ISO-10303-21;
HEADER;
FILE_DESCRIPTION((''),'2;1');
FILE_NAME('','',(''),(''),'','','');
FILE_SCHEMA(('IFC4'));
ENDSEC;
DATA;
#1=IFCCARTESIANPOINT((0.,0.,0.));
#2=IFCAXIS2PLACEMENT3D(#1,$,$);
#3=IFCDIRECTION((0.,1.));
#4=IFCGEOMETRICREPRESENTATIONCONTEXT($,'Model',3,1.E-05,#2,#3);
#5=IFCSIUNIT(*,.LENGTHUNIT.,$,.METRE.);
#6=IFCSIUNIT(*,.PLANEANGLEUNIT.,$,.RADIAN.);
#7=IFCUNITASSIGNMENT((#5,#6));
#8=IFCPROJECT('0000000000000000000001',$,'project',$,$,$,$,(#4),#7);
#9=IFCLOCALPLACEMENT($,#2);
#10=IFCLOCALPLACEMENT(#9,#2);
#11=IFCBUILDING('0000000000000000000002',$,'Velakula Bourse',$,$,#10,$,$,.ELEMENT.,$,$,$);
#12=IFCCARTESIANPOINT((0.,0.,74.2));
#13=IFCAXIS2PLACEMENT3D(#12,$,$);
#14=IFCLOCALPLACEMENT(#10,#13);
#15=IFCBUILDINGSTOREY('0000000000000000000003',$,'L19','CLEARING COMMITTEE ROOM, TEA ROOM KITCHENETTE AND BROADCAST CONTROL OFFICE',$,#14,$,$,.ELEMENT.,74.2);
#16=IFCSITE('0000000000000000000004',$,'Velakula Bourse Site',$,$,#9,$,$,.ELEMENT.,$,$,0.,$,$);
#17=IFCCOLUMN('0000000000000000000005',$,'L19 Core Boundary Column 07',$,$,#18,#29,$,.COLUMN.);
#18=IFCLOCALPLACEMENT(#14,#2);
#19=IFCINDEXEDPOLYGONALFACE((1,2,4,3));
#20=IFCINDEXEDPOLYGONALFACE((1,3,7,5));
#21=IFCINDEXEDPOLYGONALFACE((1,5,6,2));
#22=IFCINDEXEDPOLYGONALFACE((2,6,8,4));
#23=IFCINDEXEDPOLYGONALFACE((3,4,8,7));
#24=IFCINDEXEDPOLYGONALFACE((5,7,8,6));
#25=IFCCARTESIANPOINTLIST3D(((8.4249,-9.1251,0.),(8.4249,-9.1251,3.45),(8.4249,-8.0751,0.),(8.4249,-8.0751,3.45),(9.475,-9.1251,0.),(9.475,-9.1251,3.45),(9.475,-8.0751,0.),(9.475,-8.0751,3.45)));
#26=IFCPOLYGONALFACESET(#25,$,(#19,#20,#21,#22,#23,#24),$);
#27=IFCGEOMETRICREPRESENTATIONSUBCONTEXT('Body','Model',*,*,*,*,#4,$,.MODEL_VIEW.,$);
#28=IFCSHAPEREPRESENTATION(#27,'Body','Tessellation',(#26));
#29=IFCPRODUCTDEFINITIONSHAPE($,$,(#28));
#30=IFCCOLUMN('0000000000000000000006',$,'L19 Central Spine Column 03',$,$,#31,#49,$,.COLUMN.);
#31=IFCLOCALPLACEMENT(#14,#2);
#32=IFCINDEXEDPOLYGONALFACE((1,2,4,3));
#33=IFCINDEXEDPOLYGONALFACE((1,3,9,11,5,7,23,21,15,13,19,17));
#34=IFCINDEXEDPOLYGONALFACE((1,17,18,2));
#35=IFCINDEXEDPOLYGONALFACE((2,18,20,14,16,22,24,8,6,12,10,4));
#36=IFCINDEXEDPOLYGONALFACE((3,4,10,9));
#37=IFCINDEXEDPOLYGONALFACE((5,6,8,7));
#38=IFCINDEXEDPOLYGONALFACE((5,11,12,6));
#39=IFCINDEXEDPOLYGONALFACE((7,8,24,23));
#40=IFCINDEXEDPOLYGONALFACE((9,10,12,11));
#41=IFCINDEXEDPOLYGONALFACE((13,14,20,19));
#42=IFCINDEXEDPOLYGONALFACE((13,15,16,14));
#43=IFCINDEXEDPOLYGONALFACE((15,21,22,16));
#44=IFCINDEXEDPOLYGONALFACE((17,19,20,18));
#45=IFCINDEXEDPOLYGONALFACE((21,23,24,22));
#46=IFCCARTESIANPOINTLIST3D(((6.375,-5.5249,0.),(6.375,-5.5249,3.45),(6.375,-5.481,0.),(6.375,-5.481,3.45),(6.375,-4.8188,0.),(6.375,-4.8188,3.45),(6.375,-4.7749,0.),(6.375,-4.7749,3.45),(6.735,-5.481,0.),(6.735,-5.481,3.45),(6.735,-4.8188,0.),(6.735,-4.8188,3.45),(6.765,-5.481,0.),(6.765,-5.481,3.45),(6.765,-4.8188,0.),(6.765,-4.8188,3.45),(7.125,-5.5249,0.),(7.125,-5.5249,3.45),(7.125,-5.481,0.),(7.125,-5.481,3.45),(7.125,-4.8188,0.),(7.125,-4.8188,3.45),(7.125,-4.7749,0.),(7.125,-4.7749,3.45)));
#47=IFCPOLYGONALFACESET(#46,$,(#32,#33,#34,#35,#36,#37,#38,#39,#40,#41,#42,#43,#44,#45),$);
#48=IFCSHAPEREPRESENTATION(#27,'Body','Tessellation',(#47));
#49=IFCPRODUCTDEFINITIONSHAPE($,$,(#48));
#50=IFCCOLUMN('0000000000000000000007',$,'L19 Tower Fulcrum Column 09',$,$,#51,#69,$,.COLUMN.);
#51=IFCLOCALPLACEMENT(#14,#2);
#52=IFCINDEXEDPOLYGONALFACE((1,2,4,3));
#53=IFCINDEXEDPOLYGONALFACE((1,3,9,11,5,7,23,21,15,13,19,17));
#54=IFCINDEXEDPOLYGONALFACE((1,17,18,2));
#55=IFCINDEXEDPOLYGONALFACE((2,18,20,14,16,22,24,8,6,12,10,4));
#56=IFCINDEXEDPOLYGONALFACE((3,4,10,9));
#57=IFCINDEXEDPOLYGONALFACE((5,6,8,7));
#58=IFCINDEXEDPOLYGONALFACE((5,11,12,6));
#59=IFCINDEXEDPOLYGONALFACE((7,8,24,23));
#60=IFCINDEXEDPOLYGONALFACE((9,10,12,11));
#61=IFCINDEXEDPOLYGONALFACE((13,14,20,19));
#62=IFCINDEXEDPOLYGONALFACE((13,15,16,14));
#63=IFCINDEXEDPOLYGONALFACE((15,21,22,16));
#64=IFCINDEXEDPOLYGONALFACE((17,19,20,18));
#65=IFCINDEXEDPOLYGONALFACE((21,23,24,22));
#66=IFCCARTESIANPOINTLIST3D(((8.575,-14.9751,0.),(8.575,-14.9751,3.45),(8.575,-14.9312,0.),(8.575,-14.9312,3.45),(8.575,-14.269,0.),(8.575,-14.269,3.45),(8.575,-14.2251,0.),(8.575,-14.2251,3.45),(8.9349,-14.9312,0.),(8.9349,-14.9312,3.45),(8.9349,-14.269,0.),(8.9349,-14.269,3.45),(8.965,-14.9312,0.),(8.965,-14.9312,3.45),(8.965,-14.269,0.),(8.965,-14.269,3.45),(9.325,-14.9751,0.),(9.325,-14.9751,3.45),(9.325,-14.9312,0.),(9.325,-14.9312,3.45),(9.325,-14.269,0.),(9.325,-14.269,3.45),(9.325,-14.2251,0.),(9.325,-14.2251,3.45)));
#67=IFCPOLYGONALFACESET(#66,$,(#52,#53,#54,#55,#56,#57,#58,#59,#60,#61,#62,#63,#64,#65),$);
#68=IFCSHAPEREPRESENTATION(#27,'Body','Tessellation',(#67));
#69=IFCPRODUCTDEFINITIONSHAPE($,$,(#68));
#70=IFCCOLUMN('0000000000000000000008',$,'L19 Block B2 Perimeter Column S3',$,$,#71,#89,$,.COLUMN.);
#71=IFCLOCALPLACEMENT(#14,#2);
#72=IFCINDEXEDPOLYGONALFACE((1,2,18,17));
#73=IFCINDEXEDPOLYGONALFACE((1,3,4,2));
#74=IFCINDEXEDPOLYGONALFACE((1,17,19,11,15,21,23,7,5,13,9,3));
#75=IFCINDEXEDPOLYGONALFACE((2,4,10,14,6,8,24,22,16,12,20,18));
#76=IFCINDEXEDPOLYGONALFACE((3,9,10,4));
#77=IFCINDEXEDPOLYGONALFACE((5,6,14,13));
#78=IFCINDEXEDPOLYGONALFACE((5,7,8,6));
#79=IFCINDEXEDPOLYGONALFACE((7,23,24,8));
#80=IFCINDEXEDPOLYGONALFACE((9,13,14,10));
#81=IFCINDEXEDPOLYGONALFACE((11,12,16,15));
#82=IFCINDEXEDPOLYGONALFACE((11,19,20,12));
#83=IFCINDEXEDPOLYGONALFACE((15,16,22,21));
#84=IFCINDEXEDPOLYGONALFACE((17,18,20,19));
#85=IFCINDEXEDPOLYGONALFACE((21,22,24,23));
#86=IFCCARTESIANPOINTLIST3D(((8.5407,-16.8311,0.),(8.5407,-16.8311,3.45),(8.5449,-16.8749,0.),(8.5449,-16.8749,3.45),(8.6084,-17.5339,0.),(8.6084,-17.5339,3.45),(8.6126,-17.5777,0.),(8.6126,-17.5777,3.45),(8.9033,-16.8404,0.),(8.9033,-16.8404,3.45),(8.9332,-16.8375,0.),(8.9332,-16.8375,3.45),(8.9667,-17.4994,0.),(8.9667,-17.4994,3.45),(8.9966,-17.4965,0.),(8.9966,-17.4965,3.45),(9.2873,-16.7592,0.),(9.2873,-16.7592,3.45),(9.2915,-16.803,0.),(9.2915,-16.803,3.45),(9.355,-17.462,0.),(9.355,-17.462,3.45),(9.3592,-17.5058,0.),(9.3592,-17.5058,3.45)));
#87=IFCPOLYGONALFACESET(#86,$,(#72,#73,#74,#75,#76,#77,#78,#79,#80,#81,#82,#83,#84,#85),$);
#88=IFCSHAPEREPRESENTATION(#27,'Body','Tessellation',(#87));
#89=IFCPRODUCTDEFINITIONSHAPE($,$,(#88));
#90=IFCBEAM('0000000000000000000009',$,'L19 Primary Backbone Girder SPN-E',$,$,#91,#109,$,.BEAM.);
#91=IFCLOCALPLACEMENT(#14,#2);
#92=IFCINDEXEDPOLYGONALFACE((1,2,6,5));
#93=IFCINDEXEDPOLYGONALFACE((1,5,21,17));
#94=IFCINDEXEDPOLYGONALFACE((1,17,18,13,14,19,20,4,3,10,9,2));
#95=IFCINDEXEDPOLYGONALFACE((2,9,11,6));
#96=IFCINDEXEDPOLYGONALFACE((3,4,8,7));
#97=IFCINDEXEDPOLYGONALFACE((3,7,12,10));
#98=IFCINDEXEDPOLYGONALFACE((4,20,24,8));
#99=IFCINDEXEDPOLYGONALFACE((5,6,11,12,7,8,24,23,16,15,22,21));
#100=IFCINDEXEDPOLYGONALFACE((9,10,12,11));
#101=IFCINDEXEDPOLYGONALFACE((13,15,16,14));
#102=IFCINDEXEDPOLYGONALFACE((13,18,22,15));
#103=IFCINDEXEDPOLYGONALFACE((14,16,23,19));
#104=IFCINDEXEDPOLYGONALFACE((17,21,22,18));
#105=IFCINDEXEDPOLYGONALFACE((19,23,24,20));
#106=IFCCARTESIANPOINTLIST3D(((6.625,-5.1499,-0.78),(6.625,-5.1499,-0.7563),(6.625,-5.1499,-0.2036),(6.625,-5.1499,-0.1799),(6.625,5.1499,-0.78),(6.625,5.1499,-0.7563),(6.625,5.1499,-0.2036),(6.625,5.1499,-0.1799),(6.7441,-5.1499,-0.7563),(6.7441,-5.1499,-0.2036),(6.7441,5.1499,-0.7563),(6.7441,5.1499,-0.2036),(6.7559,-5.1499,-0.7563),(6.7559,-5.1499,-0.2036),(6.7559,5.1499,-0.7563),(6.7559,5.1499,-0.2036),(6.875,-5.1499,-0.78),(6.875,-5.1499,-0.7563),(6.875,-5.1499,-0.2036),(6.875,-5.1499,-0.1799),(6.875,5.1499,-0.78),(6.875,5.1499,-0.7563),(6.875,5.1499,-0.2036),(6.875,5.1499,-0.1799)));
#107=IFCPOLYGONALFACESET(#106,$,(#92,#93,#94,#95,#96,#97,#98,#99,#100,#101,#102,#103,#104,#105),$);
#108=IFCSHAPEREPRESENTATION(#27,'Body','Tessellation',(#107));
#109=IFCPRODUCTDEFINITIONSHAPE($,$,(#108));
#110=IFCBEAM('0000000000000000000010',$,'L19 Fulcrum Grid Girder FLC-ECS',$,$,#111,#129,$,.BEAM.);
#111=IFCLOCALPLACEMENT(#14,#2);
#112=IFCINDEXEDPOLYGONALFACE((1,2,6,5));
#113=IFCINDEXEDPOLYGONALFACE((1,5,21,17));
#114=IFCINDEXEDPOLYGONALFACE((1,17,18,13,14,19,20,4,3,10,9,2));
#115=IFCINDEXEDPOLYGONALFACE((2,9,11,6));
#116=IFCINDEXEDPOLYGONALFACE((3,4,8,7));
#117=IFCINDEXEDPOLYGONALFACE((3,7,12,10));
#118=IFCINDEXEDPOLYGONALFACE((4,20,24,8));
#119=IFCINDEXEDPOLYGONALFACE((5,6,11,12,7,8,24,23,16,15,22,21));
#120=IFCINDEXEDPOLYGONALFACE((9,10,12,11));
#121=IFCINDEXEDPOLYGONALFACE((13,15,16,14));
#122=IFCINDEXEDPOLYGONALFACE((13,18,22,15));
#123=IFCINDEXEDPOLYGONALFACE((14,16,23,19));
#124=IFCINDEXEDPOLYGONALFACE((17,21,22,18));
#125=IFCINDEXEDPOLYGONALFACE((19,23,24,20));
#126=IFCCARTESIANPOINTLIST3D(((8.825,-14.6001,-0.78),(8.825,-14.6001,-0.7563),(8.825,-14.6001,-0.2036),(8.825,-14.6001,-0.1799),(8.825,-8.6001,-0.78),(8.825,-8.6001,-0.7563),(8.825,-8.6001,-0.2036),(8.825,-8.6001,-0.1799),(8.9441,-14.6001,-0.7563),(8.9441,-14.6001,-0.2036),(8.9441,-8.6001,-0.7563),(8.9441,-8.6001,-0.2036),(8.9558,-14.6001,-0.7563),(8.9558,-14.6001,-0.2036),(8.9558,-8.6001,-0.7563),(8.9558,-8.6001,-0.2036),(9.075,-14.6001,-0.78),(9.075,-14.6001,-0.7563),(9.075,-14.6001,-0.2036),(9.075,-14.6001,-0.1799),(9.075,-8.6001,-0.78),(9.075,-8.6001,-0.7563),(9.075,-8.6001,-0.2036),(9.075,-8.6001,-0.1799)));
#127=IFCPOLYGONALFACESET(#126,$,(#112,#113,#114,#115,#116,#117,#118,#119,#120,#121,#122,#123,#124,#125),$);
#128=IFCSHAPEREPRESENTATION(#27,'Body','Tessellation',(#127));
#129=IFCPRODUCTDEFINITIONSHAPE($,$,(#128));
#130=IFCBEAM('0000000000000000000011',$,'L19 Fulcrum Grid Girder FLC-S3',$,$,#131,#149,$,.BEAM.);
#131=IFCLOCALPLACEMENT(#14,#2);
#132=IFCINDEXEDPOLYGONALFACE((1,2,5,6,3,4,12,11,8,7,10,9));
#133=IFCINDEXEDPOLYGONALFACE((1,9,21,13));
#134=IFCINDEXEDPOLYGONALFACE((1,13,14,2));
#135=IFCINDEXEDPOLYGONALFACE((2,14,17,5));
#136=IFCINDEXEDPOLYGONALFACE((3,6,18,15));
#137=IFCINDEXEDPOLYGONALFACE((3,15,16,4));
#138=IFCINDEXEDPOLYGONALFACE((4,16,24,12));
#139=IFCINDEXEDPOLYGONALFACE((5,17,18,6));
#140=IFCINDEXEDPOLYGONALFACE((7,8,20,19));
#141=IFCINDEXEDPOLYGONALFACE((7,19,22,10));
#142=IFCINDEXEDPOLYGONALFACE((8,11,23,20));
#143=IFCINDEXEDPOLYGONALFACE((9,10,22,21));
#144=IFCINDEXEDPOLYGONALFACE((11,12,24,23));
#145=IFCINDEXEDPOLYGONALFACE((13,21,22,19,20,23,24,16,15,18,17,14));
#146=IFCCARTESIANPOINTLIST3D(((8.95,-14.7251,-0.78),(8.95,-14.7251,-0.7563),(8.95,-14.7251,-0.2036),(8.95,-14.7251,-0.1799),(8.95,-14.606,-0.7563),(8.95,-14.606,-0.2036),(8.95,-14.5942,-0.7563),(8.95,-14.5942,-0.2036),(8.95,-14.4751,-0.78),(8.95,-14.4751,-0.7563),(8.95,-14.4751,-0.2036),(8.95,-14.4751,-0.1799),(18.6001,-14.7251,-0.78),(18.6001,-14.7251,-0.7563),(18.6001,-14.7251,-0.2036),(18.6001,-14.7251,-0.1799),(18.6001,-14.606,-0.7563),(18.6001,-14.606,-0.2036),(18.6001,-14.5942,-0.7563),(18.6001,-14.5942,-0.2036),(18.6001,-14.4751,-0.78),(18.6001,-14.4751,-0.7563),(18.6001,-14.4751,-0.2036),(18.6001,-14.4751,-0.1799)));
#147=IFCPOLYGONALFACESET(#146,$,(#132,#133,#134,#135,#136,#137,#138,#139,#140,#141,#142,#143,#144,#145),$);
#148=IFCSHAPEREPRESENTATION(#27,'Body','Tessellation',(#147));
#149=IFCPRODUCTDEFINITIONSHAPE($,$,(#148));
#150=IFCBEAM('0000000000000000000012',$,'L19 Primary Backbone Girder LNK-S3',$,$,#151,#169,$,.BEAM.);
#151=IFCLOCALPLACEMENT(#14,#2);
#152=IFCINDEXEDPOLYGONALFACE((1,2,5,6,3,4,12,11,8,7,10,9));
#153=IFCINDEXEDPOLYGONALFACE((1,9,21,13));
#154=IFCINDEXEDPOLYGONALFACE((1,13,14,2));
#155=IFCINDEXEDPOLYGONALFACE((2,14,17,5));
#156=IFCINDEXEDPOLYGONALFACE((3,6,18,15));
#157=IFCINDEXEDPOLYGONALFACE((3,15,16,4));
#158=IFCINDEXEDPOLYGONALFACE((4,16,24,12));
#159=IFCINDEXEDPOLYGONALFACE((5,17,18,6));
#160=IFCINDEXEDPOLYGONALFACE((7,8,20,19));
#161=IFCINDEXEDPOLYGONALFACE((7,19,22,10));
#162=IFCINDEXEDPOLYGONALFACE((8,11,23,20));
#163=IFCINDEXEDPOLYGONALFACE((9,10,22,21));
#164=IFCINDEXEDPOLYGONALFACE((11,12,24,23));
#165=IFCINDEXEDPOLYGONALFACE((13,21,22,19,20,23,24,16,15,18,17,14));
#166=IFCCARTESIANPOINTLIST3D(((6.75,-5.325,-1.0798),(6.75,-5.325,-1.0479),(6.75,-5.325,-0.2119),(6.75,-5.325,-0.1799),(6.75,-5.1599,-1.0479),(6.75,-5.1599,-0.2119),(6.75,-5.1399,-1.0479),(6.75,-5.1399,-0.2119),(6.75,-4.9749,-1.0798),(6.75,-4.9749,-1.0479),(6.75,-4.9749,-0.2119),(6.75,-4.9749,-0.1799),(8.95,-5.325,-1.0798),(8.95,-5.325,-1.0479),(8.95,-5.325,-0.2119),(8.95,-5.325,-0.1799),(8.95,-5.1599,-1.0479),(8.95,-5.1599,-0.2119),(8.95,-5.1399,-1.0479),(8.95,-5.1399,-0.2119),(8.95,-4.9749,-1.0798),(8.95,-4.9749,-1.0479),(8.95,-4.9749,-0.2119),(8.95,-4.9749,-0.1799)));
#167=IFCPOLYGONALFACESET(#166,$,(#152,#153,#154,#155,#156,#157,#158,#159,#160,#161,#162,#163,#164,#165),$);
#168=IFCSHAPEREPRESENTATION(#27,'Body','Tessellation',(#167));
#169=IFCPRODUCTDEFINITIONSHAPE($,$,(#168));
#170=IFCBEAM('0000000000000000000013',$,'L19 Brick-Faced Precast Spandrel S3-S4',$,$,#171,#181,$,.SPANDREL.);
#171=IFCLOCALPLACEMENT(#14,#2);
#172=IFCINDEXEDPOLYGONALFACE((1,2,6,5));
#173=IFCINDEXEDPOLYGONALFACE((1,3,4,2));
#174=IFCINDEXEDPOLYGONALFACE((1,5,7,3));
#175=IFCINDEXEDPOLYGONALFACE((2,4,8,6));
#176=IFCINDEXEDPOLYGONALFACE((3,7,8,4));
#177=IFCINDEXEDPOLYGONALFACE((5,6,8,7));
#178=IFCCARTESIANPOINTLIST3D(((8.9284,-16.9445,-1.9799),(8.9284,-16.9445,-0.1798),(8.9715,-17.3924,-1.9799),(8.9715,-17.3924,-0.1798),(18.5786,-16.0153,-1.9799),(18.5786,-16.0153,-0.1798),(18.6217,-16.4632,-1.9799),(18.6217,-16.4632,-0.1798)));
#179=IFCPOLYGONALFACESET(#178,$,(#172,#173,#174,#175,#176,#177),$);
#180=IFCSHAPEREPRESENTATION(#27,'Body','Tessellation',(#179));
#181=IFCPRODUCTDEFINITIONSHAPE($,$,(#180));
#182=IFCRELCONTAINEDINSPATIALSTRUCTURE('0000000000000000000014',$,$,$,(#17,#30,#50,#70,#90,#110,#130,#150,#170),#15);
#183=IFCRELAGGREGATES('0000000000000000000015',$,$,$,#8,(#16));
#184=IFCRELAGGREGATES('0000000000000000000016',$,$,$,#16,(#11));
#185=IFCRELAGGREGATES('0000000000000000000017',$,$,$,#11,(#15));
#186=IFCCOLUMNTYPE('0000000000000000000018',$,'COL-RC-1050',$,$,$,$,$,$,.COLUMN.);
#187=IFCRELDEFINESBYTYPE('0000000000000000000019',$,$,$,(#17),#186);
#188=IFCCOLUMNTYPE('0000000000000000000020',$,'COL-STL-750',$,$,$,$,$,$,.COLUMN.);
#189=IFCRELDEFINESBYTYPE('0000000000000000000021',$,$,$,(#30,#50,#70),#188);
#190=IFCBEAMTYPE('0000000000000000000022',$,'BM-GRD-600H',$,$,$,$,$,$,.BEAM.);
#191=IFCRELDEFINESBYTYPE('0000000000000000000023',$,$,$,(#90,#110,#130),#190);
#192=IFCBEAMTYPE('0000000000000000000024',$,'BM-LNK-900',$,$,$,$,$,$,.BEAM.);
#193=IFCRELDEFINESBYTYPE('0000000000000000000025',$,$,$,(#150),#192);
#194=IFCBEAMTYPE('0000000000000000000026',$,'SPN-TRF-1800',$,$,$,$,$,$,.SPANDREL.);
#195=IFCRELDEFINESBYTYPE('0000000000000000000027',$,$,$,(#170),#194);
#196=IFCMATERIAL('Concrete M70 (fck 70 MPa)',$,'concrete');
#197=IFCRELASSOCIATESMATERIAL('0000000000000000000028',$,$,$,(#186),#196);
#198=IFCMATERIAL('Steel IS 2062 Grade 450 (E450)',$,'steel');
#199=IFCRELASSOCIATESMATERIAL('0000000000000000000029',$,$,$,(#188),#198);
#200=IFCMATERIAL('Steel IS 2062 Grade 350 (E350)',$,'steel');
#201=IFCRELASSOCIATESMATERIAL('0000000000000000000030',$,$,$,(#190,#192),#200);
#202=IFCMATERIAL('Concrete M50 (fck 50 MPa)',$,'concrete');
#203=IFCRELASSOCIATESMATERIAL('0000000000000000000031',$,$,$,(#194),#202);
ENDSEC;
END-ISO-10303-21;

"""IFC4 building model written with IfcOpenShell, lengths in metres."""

from ifc_helpers import new_model, si_unit, direction, frame, origin, origin_2d, place, context, subcontext, project, spatial, rectangle, i_section, extrude, material, material_profile, profile_set, type_object, element, save


model = new_model("IFC4")

# Units and contexts
model_context = context("Model", 3, precision=1e-05, world=origin(), true_north=direction((0.0, 1.0)))
body_context = subcontext(model_context, "Body", "Model", "MODEL_VIEW")
ifc_project = project(units=[si_unit("LENGTHUNIT", "METRE"), si_unit("PLANEANGLEUNIT", "RADIAN")], contexts=[model_context])

# Site, building, storey
site_placement = place(None, origin())
site = spatial("IfcSite", under=ifc_project, at=site_placement, Name="Velakula Bourse Site", CompositionType="ELEMENT", RefElevation=0.0)
building_placement = place(site_placement, origin())
building = spatial("IfcBuilding", under=site, at=building_placement, Name="Velakula Bourse", CompositionType="ELEMENT")
storey_placement = place(building_placement, frame((0.0, 0.0, 74.2)))
storey = spatial("IfcBuildingStorey", under=building, at=storey_placement, Name="L19", Description="CLEARING COMMITTEE ROOM, TEA ROOM KITCHENETTE AND BROADCAST CONTROL OFFICE", CompositionType="ELEMENT", Elevation=74.2)

# Columns
ifc_material_1 = material(Name="Concrete M70 (fck 70 MPa)", Category="concrete")
ifc_material_profile_1 = material_profile(ifc_material_1, rectangle(XDim=1.05, YDim=1.05, at=origin_2d()), Name="Concrete M70 (fck 70 MPa)")
ifc_profile_set_1 = profile_set([ifc_material_profile_1], Name="Concrete M70 (fck 70 MPa)")
column_type_1 = type_object("IfcColumnType", Name="COL-RC-1050", PredefinedType="COLUMN", material=ifc_profile_set_1)
column_placement = place(storey_placement, frame((8.95, -8.6001, 0.0), z_axis=(0.0, 0.0, 1.0), x_axis=(1.0, 0.0, 0.0)))
element("IfcColumn", 1, at=column_placement, inside=storey, type_object=column_type_1, Name="L19 Core Boundary Column 07", PredefinedType="COLUMN", context=body_context, shape_type="SweptSolid", body=[
    extrude(rectangle(XDim=1.05, YDim=1.05, at=origin_2d()), origin(), (0.0, 0.0, 1.0), 3.45),
])
ifc_material_2 = material(Name="Steel IS 2062 Grade 450 (E450)", Category="steel")
ifc_material_profile_2 = material_profile(ifc_material_2, i_section(OverallWidth=0.75, OverallDepth=0.75, WebThickness=0.03, FlangeThickness=0.0439, at=origin_2d()), Name="Steel IS 2062 Grade 450 (E450)")
ifc_profile_set_2 = profile_set([ifc_material_profile_2], Name="Steel IS 2062 Grade 450 (E450)")
column_type_2 = type_object("IfcColumnType", Name="COL-STL-750", PredefinedType="COLUMN", material=ifc_profile_set_2)
for number, where, z_axis, x_axis, name in (
    (2, (6.75, -5.1499, 0.0), (0.0, 0.0, 1.0), (1.0, 0.0, 0.0), "L19 Central Spine Column 03"),
    (3, (8.95, -14.6001, 0.0), (0.0, 0.0, 1.0), (1.0, 0.0, 0.0), "L19 Tower Fulcrum Column 09"),
    (4, (8.95, -17.1685, 0.0), (0.0, 0.0, 1.0), (0.995396, 0.095846, 0.0), "L19 Block B2 Perimeter Column S3"),
):
    element("IfcColumn", number, at=place(storey_placement, frame(where, z_axis=z_axis, x_axis=x_axis)), inside=storey, type_object=column_type_2, Name=name, PredefinedType="COLUMN", context=body_context, shape_type="SweptSolid", body=[
        extrude(i_section(OverallWidth=0.75, OverallDepth=0.75, WebThickness=0.03, FlangeThickness=0.0439, at=origin_2d()), origin(), (0.0, 0.0, 1.0), 3.45),
    ])

# Beams
ifc_material_3 = material(Name="Steel IS 2062 Grade 350 (E350)", Category="steel")
ifc_material_profile_3 = material_profile(ifc_material_3, i_section(OverallWidth=0.25, OverallDepth=0.6001, WebThickness=0.0117, FlangeThickness=0.0237, at=origin_2d()), Name="Steel IS 2062 Grade 350 (E350)")
ifc_profile_set_3 = profile_set([ifc_material_profile_3], Name="Steel IS 2062 Grade 350 (E350)")
beam_type_1 = type_object("IfcBeamType", Name="BM-GRD-600H", PredefinedType="BEAM", material=ifc_profile_set_3)
beam_1_placement = place(storey_placement, frame((6.75, -5.1499, -0.48), z_axis=(0.0, 1.0, 0.0), x_axis=(-1.0, 0.0, 0.0)))
element("IfcBeam", 5, at=beam_1_placement, inside=storey, type_object=beam_type_1, Name="L19 Primary Backbone Girder SPN-E", PredefinedType="BEAM", context=body_context, shape_type="SweptSolid", body=[
    extrude(i_section(OverallWidth=0.25, OverallDepth=0.6001, WebThickness=0.0117, FlangeThickness=0.0237, at=origin_2d()), origin(), (0.0, 0.0, 1.0), 10.2998),
])
beam_2_placement = place(storey_placement, frame((8.95, -14.6001, -0.48), z_axis=(0.0, 1.0, 0.0), x_axis=(-1.0, 0.0, 0.0)))
element("IfcBeam", 6, at=beam_2_placement, inside=storey, type_object=beam_type_1, Name="L19 Fulcrum Grid Girder FLC-ECS", PredefinedType="BEAM", context=body_context, shape_type="SweptSolid", body=[
    extrude(i_section(OverallWidth=0.25, OverallDepth=0.6001, WebThickness=0.0117, FlangeThickness=0.0237, at=origin_2d()), origin(), (0.0, 0.0, 1.0), 6.0),
])
beam_3_placement = place(storey_placement, frame((8.95, -14.6001, -0.48), z_axis=(1.0, 0.0, 0.0), x_axis=(0.0, 1.0, 0.0)))
element("IfcBeam", 7, at=beam_3_placement, inside=storey, type_object=beam_type_1, Name="L19 Fulcrum Grid Girder FLC-S3", PredefinedType="BEAM", context=body_context, shape_type="SweptSolid", body=[
    extrude(i_section(OverallWidth=0.25, OverallDepth=0.6001, WebThickness=0.0117, FlangeThickness=0.0237, at=origin_2d()), origin(), (0.0, 0.0, 1.0), 9.6501),
])
ifc_material_profile_4 = material_profile(ifc_material_3, i_section(OverallWidth=0.3501, OverallDepth=0.8999, WebThickness=0.02, FlangeThickness=0.032, at=origin_2d()), Name="Steel IS 2062 Grade 350 (E350)")
ifc_profile_set_4 = profile_set([ifc_material_profile_4], Name="Steel IS 2062 Grade 350 (E350)")
beam_type_2 = type_object("IfcBeamType", Name="BM-LNK-900", PredefinedType="BEAM", material=ifc_profile_set_4)
beam_4_placement = place(storey_placement, frame((6.75, -5.1499, -0.6299), z_axis=(1.0, 0.0, 0.0), x_axis=(0.0, 1.0, 0.0)))
element("IfcBeam", 8, at=beam_4_placement, inside=storey, type_object=beam_type_2, Name="L19 Primary Backbone Girder LNK-S3", PredefinedType="BEAM", context=body_context, shape_type="SweptSolid", body=[
    extrude(i_section(OverallWidth=0.3501, OverallDepth=0.8999, WebThickness=0.02, FlangeThickness=0.032, at=origin_2d()), origin(), (0.0, 0.0, 1.0), 2.2),
])
ifc_material_4 = material(Name="Concrete M50 (fck 50 MPa)", Category="concrete")
ifc_material_profile_5 = material_profile(ifc_material_4, rectangle(XDim=0.45, YDim=1.8, at=origin_2d()), Name="Concrete M50 (fck 50 MPa)")
ifc_profile_set_5 = profile_set([ifc_material_profile_5], Name="Concrete M50 (fck 50 MPa)")
beam_type_3 = type_object("IfcBeamType", Name="SPN-TRF-1800", PredefinedType="SPANDREL", material=ifc_profile_set_5)
beam_5_placement = place(storey_placement, frame((8.95, -17.1685, -1.0798), z_axis=(0.995396, 0.095845, 0.0), x_axis=(-0.095845, 0.995396, 0.0)))
element("IfcBeam", 9, at=beam_5_placement, inside=storey, type_object=beam_type_3, Name="L19 Brick-Faced Precast Spandrel S3-S4", PredefinedType="SPANDREL", context=body_context, shape_type="SweptSolid", body=[
    extrude(rectangle(XDim=0.45, YDim=1.8, at=origin_2d()), origin(), (0.0, 0.0, 1.0), 9.6948),
])

save(model, "model.ifc")
